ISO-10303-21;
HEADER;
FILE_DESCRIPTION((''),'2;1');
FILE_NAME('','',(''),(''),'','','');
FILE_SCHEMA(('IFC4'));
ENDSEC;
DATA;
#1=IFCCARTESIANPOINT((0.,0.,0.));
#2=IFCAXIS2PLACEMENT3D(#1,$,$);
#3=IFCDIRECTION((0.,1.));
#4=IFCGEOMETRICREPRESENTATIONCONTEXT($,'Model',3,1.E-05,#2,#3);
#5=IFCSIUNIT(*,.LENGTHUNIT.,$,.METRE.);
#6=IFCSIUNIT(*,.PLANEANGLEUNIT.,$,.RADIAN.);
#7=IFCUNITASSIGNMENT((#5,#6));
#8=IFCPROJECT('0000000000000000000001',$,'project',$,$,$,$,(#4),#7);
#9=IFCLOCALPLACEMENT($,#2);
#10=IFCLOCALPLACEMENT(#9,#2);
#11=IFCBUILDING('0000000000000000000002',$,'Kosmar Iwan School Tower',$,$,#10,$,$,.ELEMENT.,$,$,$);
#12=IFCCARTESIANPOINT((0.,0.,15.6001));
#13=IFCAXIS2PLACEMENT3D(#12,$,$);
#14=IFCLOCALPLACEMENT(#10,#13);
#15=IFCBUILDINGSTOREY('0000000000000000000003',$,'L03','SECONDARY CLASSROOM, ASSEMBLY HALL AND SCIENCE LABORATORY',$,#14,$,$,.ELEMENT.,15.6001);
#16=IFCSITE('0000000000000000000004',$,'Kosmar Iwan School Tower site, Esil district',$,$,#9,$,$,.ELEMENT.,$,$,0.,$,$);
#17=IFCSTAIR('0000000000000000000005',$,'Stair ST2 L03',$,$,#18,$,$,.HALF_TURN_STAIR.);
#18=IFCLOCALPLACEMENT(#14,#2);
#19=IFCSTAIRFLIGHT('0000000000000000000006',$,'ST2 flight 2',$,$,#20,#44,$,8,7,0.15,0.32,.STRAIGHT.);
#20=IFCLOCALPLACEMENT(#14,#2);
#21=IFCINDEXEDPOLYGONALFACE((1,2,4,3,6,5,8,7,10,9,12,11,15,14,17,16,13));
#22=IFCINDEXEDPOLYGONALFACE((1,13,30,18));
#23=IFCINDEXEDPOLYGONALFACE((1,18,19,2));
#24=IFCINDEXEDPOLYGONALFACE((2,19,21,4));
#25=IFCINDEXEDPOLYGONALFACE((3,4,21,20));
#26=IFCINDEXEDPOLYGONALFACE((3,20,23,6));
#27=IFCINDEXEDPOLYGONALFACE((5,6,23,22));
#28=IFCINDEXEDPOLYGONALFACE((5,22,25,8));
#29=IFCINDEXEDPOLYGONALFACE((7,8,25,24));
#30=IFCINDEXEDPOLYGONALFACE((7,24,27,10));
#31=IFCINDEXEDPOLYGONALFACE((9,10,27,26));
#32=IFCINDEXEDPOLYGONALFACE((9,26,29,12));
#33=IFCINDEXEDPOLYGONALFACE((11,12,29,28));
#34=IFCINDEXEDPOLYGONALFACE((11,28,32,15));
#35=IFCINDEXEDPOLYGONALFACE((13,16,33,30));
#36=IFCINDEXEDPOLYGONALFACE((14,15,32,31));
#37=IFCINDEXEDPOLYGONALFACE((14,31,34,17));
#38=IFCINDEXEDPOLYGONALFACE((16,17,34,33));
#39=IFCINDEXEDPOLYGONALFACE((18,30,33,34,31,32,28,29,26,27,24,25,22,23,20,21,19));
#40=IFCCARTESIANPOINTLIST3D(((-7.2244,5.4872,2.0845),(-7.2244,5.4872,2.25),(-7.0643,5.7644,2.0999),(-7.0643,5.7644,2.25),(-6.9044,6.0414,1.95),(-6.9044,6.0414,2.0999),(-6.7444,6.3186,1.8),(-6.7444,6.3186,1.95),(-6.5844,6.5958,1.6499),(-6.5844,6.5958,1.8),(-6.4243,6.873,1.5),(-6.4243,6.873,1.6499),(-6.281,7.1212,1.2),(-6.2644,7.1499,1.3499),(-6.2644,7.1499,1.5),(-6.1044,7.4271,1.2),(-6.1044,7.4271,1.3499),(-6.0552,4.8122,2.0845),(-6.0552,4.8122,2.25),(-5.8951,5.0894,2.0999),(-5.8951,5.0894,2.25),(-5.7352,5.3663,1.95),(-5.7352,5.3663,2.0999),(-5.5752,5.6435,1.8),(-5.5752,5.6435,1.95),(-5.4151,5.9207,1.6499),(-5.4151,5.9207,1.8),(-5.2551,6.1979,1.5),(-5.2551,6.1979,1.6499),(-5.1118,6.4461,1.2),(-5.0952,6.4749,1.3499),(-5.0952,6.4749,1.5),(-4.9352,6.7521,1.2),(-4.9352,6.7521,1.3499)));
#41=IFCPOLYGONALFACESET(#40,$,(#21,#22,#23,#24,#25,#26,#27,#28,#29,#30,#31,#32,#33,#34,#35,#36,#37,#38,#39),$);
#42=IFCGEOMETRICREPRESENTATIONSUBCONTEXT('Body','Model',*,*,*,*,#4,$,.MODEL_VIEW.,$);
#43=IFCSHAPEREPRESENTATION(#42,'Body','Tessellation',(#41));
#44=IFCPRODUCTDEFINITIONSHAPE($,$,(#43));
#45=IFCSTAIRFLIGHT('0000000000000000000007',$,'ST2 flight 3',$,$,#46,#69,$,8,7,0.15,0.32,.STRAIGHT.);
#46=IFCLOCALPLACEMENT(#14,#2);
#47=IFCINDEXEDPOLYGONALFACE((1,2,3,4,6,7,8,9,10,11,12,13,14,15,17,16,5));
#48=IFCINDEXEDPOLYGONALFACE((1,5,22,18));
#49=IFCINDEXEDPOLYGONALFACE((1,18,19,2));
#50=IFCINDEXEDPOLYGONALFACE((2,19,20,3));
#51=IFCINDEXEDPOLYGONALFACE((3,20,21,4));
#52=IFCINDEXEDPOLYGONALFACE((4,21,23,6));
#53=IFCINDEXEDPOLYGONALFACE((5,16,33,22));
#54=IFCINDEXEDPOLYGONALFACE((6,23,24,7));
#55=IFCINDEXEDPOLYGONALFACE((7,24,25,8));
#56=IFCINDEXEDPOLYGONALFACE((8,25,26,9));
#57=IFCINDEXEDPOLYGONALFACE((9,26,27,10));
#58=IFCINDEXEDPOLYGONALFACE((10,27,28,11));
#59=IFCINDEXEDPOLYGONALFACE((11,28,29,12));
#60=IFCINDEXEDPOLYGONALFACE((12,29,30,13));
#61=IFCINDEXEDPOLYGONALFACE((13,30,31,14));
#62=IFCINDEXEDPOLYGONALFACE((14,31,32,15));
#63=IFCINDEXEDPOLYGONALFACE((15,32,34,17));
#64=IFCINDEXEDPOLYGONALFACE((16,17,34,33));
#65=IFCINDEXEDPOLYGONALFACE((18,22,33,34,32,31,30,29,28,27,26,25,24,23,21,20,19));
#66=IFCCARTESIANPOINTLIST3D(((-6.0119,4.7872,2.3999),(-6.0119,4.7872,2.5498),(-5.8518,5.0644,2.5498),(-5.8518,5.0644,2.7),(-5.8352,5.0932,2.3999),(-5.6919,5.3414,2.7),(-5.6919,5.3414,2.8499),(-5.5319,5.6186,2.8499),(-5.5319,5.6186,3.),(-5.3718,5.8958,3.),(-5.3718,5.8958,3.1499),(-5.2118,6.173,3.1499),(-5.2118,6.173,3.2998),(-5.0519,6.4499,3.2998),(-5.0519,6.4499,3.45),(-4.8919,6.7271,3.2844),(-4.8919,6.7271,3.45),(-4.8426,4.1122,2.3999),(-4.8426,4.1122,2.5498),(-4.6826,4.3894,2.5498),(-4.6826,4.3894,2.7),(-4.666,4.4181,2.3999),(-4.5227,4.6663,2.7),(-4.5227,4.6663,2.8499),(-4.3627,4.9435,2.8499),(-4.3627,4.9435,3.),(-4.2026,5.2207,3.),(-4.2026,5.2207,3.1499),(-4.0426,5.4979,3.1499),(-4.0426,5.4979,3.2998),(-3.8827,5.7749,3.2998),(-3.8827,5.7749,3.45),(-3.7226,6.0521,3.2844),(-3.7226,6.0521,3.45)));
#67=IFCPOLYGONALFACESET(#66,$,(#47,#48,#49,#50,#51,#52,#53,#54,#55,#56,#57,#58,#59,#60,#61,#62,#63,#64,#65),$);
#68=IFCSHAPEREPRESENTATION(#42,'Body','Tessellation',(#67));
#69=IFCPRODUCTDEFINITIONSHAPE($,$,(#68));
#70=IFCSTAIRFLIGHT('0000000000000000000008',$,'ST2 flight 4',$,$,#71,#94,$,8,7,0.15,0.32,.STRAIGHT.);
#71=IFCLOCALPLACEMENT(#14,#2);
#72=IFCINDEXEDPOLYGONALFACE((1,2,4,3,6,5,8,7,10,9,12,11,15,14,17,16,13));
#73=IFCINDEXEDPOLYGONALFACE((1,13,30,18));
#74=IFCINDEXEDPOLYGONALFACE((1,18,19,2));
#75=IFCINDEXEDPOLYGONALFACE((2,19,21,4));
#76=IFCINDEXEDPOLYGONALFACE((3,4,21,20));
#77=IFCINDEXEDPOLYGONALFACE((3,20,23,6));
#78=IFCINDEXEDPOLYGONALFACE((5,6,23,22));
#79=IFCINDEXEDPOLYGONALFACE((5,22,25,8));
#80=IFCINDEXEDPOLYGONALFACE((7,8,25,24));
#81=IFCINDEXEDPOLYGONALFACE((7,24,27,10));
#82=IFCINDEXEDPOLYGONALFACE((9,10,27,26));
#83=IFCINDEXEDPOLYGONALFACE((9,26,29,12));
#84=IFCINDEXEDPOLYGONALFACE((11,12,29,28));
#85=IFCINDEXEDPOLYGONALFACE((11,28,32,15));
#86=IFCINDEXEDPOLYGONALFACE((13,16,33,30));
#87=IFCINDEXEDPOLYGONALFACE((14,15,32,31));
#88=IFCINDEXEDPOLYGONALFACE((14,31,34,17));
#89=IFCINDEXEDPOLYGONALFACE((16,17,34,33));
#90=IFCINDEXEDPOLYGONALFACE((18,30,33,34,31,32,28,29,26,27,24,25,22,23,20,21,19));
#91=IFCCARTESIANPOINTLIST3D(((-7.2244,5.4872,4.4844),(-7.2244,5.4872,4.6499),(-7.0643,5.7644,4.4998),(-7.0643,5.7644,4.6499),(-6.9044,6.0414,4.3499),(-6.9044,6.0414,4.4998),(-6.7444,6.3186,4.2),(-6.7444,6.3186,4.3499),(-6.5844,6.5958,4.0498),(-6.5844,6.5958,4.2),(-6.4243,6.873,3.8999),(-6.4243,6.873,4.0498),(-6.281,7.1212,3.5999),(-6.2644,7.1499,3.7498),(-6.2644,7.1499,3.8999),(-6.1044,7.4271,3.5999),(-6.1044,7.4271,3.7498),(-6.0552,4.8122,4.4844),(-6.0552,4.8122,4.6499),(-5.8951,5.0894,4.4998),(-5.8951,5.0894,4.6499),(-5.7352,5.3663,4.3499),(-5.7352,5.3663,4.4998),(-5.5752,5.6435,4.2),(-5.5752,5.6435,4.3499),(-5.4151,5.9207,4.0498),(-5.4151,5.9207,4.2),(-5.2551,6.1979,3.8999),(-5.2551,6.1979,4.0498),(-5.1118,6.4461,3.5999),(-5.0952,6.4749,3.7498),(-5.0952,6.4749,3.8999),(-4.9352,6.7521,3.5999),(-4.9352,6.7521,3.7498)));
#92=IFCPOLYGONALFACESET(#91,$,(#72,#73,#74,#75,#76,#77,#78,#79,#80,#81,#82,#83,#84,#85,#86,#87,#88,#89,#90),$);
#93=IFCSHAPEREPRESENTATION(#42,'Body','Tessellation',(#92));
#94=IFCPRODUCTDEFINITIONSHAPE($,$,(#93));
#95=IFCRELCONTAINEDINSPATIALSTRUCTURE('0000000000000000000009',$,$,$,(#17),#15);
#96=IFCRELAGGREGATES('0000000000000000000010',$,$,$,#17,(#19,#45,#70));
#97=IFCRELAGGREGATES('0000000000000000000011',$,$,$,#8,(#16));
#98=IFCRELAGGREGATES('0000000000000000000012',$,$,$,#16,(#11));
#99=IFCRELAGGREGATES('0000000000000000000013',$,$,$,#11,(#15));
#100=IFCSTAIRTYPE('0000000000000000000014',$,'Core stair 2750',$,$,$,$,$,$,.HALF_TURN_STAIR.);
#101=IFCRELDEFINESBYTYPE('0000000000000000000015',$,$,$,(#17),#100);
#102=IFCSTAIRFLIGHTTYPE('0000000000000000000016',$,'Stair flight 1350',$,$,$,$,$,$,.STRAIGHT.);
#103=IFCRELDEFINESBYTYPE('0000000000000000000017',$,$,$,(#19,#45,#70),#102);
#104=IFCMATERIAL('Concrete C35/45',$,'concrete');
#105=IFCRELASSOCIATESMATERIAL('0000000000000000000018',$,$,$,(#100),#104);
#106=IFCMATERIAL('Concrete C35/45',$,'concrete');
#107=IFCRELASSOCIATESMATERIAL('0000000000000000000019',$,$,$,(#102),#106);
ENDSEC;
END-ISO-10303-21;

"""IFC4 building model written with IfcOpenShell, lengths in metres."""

from ifc_helpers import new_model, si_unit, direction, frame, origin, place, context, subcontext, project, spatial, polyline, outline, extrude, material, type_object, element, aggregate, save


model = new_model("IFC4")

# Units and contexts
model_context = context("Model", 3, precision=1e-05, world=origin(), true_north=direction((0.0, 1.0)))
body_context = subcontext(model_context, "Body", "Model", "MODEL_VIEW")
ifc_project = project(units=[si_unit("LENGTHUNIT", "METRE"), si_unit("PLANEANGLEUNIT", "RADIAN")], contexts=[model_context])

# Site, building, storey
site_placement = place(None, origin())
site = spatial("IfcSite", under=ifc_project, at=site_placement, Name="Kosmar Iwan School Tower site, Esil district", CompositionType="ELEMENT", RefElevation=0.0)
building_placement = place(site_placement, origin())
building = spatial("IfcBuilding", under=site, at=building_placement, Name="Kosmar Iwan School Tower", CompositionType="ELEMENT")
storey_placement = place(building_placement, frame((0.0, 0.0, 15.6001)))
storey = spatial("IfcBuildingStorey", under=building, at=storey_placement, Name="L03", Description="SECONDARY CLASSROOM, ASSEMBLY HALL AND SCIENCE LABORATORY", CompositionType="ELEMENT", Elevation=15.6001)

# Stair, stair flights
ifc_material_1 = material(Name="Concrete C35/45", Category="concrete")
stair_type = type_object("IfcStairType", Name="Core stair 2750", PredefinedType="HALF_TURN_STAIR", material=ifc_material_1)
stair_placement = place(storey_placement, origin())
stair = element("IfcStair", 1, at=stair_placement, inside=storey, type_object=stair_type, Name="Stair ST2 L03", PredefinedType="HALF_TURN_STAIR")
ifc_material_2 = material(Name="Concrete C35/45", Category="concrete")
stair_flight_type = type_object("IfcStairFlightType", Name="Stair flight 1350", PredefinedType="STRAIGHT", material=ifc_material_2)
stair_flight_1_placement = place(storey_placement, frame((-5.5198, 7.0896, 1.2), z_axis=(0.0, 0.0, 1.0), x_axis=(-0.5, -0.866025, 0.0)))
stair_flight_1 = element("IfcStairFlight", 2, at=stair_flight_1_placement, type_object=stair_flight_type, Name="ST2 flight 2", NumberOfRisers=8, NumberOfTreads=7, PredefinedType="STRAIGHT", RiserHeight=0.15, TreadLength=0.32, context=body_context, shape_type="SweptSolid", body=[
    extrude(outline(polyline([(0.0, 0.0), (0.0, 0.1499), (0.3201, 0.1499), (0.3201, 0.3), (0.6399, 0.3), (0.6399, 0.45), (0.96, 0.45), (0.96, 0.6001), (1.28, 0.6001), (1.28, 0.75), (1.6001, 0.75), (1.6001, 0.8999), (1.9199, 0.8999), (1.9199, 1.05), (2.24, 1.05), (2.24, 1.2), (2.24, 0.8845), (0.3533, 0.0), (0.0, 0.0)])), frame((0.0, 0.675, 0.0), z_axis=(0.0, -1.0, 0.0), x_axis=(1.0, 0.0, 0.0)), (0.0, 0.0, 1.0), 1.3501),
])
stair_flight_2_placement = place(storey_placement, frame((-5.4272, 4.4497, 2.3999), z_axis=(0.0, 0.0, 1.0), x_axis=(0.5, 0.866025, 0.0)))
stair_flight_2 = element("IfcStairFlight", 3, at=stair_flight_2_placement, type_object=stair_flight_type, Name="ST2 flight 3", NumberOfRisers=8, NumberOfTreads=7, PredefinedType="STRAIGHT", RiserHeight=0.15, TreadLength=0.32, context=body_context, shape_type="SweptSolid", body=[
    extrude(outline(polyline([(0.0, 0.0), (0.0, 0.1499), (0.3201, 0.1499), (0.3201, 0.3), (0.6399, 0.3), (0.6399, 0.45), (0.96, 0.45), (0.96, 0.6001), (1.28, 0.6001), (1.28, 0.75), (1.6001, 0.75), (1.6001, 0.8999), (1.9199, 0.8999), (1.9199, 1.05), (2.24, 1.05), (2.24, 1.2), (2.24, 0.8845), (0.3533, 0.0), (0.0, 0.0)])), frame((0.0, 0.675, 0.0), z_axis=(0.0, -1.0, 0.0), x_axis=(1.0, 0.0, 0.0)), (0.0, 0.0, 1.0), 1.3501),
])
stair_flight_3_placement = place(storey_placement, frame((-5.5198, 7.0896, 3.5999), z_axis=(0.0, 0.0, 1.0), x_axis=(-0.5, -0.866025, 0.0)))
stair_flight_3 = element("IfcStairFlight", 4, at=stair_flight_3_placement, type_object=stair_flight_type, Name="ST2 flight 4", NumberOfRisers=8, NumberOfTreads=7, PredefinedType="STRAIGHT", RiserHeight=0.15, TreadLength=0.32, context=body_context, shape_type="SweptSolid", body=[
    extrude(outline(polyline([(0.0, 0.0), (0.0, 0.1499), (0.3201, 0.1499), (0.3201, 0.3), (0.6399, 0.3), (0.6399, 0.45), (0.96, 0.45), (0.96, 0.6001), (1.28, 0.6001), (1.28, 0.75), (1.6001, 0.75), (1.6001, 0.8999), (1.9199, 0.8999), (1.9199, 1.05), (2.24, 1.05), (2.24, 1.2), (2.24, 0.8845), (0.3533, 0.0), (0.0, 0.0)])), frame((0.0, 0.675, 0.0), z_axis=(0.0, -1.0, 0.0), x_axis=(1.0, 0.0, 0.0)), (0.0, 0.0, 1.0), 1.3501),
])
aggregate(stair, [stair_flight_1, stair_flight_2, stair_flight_3])

save(model, "model.ifc")
